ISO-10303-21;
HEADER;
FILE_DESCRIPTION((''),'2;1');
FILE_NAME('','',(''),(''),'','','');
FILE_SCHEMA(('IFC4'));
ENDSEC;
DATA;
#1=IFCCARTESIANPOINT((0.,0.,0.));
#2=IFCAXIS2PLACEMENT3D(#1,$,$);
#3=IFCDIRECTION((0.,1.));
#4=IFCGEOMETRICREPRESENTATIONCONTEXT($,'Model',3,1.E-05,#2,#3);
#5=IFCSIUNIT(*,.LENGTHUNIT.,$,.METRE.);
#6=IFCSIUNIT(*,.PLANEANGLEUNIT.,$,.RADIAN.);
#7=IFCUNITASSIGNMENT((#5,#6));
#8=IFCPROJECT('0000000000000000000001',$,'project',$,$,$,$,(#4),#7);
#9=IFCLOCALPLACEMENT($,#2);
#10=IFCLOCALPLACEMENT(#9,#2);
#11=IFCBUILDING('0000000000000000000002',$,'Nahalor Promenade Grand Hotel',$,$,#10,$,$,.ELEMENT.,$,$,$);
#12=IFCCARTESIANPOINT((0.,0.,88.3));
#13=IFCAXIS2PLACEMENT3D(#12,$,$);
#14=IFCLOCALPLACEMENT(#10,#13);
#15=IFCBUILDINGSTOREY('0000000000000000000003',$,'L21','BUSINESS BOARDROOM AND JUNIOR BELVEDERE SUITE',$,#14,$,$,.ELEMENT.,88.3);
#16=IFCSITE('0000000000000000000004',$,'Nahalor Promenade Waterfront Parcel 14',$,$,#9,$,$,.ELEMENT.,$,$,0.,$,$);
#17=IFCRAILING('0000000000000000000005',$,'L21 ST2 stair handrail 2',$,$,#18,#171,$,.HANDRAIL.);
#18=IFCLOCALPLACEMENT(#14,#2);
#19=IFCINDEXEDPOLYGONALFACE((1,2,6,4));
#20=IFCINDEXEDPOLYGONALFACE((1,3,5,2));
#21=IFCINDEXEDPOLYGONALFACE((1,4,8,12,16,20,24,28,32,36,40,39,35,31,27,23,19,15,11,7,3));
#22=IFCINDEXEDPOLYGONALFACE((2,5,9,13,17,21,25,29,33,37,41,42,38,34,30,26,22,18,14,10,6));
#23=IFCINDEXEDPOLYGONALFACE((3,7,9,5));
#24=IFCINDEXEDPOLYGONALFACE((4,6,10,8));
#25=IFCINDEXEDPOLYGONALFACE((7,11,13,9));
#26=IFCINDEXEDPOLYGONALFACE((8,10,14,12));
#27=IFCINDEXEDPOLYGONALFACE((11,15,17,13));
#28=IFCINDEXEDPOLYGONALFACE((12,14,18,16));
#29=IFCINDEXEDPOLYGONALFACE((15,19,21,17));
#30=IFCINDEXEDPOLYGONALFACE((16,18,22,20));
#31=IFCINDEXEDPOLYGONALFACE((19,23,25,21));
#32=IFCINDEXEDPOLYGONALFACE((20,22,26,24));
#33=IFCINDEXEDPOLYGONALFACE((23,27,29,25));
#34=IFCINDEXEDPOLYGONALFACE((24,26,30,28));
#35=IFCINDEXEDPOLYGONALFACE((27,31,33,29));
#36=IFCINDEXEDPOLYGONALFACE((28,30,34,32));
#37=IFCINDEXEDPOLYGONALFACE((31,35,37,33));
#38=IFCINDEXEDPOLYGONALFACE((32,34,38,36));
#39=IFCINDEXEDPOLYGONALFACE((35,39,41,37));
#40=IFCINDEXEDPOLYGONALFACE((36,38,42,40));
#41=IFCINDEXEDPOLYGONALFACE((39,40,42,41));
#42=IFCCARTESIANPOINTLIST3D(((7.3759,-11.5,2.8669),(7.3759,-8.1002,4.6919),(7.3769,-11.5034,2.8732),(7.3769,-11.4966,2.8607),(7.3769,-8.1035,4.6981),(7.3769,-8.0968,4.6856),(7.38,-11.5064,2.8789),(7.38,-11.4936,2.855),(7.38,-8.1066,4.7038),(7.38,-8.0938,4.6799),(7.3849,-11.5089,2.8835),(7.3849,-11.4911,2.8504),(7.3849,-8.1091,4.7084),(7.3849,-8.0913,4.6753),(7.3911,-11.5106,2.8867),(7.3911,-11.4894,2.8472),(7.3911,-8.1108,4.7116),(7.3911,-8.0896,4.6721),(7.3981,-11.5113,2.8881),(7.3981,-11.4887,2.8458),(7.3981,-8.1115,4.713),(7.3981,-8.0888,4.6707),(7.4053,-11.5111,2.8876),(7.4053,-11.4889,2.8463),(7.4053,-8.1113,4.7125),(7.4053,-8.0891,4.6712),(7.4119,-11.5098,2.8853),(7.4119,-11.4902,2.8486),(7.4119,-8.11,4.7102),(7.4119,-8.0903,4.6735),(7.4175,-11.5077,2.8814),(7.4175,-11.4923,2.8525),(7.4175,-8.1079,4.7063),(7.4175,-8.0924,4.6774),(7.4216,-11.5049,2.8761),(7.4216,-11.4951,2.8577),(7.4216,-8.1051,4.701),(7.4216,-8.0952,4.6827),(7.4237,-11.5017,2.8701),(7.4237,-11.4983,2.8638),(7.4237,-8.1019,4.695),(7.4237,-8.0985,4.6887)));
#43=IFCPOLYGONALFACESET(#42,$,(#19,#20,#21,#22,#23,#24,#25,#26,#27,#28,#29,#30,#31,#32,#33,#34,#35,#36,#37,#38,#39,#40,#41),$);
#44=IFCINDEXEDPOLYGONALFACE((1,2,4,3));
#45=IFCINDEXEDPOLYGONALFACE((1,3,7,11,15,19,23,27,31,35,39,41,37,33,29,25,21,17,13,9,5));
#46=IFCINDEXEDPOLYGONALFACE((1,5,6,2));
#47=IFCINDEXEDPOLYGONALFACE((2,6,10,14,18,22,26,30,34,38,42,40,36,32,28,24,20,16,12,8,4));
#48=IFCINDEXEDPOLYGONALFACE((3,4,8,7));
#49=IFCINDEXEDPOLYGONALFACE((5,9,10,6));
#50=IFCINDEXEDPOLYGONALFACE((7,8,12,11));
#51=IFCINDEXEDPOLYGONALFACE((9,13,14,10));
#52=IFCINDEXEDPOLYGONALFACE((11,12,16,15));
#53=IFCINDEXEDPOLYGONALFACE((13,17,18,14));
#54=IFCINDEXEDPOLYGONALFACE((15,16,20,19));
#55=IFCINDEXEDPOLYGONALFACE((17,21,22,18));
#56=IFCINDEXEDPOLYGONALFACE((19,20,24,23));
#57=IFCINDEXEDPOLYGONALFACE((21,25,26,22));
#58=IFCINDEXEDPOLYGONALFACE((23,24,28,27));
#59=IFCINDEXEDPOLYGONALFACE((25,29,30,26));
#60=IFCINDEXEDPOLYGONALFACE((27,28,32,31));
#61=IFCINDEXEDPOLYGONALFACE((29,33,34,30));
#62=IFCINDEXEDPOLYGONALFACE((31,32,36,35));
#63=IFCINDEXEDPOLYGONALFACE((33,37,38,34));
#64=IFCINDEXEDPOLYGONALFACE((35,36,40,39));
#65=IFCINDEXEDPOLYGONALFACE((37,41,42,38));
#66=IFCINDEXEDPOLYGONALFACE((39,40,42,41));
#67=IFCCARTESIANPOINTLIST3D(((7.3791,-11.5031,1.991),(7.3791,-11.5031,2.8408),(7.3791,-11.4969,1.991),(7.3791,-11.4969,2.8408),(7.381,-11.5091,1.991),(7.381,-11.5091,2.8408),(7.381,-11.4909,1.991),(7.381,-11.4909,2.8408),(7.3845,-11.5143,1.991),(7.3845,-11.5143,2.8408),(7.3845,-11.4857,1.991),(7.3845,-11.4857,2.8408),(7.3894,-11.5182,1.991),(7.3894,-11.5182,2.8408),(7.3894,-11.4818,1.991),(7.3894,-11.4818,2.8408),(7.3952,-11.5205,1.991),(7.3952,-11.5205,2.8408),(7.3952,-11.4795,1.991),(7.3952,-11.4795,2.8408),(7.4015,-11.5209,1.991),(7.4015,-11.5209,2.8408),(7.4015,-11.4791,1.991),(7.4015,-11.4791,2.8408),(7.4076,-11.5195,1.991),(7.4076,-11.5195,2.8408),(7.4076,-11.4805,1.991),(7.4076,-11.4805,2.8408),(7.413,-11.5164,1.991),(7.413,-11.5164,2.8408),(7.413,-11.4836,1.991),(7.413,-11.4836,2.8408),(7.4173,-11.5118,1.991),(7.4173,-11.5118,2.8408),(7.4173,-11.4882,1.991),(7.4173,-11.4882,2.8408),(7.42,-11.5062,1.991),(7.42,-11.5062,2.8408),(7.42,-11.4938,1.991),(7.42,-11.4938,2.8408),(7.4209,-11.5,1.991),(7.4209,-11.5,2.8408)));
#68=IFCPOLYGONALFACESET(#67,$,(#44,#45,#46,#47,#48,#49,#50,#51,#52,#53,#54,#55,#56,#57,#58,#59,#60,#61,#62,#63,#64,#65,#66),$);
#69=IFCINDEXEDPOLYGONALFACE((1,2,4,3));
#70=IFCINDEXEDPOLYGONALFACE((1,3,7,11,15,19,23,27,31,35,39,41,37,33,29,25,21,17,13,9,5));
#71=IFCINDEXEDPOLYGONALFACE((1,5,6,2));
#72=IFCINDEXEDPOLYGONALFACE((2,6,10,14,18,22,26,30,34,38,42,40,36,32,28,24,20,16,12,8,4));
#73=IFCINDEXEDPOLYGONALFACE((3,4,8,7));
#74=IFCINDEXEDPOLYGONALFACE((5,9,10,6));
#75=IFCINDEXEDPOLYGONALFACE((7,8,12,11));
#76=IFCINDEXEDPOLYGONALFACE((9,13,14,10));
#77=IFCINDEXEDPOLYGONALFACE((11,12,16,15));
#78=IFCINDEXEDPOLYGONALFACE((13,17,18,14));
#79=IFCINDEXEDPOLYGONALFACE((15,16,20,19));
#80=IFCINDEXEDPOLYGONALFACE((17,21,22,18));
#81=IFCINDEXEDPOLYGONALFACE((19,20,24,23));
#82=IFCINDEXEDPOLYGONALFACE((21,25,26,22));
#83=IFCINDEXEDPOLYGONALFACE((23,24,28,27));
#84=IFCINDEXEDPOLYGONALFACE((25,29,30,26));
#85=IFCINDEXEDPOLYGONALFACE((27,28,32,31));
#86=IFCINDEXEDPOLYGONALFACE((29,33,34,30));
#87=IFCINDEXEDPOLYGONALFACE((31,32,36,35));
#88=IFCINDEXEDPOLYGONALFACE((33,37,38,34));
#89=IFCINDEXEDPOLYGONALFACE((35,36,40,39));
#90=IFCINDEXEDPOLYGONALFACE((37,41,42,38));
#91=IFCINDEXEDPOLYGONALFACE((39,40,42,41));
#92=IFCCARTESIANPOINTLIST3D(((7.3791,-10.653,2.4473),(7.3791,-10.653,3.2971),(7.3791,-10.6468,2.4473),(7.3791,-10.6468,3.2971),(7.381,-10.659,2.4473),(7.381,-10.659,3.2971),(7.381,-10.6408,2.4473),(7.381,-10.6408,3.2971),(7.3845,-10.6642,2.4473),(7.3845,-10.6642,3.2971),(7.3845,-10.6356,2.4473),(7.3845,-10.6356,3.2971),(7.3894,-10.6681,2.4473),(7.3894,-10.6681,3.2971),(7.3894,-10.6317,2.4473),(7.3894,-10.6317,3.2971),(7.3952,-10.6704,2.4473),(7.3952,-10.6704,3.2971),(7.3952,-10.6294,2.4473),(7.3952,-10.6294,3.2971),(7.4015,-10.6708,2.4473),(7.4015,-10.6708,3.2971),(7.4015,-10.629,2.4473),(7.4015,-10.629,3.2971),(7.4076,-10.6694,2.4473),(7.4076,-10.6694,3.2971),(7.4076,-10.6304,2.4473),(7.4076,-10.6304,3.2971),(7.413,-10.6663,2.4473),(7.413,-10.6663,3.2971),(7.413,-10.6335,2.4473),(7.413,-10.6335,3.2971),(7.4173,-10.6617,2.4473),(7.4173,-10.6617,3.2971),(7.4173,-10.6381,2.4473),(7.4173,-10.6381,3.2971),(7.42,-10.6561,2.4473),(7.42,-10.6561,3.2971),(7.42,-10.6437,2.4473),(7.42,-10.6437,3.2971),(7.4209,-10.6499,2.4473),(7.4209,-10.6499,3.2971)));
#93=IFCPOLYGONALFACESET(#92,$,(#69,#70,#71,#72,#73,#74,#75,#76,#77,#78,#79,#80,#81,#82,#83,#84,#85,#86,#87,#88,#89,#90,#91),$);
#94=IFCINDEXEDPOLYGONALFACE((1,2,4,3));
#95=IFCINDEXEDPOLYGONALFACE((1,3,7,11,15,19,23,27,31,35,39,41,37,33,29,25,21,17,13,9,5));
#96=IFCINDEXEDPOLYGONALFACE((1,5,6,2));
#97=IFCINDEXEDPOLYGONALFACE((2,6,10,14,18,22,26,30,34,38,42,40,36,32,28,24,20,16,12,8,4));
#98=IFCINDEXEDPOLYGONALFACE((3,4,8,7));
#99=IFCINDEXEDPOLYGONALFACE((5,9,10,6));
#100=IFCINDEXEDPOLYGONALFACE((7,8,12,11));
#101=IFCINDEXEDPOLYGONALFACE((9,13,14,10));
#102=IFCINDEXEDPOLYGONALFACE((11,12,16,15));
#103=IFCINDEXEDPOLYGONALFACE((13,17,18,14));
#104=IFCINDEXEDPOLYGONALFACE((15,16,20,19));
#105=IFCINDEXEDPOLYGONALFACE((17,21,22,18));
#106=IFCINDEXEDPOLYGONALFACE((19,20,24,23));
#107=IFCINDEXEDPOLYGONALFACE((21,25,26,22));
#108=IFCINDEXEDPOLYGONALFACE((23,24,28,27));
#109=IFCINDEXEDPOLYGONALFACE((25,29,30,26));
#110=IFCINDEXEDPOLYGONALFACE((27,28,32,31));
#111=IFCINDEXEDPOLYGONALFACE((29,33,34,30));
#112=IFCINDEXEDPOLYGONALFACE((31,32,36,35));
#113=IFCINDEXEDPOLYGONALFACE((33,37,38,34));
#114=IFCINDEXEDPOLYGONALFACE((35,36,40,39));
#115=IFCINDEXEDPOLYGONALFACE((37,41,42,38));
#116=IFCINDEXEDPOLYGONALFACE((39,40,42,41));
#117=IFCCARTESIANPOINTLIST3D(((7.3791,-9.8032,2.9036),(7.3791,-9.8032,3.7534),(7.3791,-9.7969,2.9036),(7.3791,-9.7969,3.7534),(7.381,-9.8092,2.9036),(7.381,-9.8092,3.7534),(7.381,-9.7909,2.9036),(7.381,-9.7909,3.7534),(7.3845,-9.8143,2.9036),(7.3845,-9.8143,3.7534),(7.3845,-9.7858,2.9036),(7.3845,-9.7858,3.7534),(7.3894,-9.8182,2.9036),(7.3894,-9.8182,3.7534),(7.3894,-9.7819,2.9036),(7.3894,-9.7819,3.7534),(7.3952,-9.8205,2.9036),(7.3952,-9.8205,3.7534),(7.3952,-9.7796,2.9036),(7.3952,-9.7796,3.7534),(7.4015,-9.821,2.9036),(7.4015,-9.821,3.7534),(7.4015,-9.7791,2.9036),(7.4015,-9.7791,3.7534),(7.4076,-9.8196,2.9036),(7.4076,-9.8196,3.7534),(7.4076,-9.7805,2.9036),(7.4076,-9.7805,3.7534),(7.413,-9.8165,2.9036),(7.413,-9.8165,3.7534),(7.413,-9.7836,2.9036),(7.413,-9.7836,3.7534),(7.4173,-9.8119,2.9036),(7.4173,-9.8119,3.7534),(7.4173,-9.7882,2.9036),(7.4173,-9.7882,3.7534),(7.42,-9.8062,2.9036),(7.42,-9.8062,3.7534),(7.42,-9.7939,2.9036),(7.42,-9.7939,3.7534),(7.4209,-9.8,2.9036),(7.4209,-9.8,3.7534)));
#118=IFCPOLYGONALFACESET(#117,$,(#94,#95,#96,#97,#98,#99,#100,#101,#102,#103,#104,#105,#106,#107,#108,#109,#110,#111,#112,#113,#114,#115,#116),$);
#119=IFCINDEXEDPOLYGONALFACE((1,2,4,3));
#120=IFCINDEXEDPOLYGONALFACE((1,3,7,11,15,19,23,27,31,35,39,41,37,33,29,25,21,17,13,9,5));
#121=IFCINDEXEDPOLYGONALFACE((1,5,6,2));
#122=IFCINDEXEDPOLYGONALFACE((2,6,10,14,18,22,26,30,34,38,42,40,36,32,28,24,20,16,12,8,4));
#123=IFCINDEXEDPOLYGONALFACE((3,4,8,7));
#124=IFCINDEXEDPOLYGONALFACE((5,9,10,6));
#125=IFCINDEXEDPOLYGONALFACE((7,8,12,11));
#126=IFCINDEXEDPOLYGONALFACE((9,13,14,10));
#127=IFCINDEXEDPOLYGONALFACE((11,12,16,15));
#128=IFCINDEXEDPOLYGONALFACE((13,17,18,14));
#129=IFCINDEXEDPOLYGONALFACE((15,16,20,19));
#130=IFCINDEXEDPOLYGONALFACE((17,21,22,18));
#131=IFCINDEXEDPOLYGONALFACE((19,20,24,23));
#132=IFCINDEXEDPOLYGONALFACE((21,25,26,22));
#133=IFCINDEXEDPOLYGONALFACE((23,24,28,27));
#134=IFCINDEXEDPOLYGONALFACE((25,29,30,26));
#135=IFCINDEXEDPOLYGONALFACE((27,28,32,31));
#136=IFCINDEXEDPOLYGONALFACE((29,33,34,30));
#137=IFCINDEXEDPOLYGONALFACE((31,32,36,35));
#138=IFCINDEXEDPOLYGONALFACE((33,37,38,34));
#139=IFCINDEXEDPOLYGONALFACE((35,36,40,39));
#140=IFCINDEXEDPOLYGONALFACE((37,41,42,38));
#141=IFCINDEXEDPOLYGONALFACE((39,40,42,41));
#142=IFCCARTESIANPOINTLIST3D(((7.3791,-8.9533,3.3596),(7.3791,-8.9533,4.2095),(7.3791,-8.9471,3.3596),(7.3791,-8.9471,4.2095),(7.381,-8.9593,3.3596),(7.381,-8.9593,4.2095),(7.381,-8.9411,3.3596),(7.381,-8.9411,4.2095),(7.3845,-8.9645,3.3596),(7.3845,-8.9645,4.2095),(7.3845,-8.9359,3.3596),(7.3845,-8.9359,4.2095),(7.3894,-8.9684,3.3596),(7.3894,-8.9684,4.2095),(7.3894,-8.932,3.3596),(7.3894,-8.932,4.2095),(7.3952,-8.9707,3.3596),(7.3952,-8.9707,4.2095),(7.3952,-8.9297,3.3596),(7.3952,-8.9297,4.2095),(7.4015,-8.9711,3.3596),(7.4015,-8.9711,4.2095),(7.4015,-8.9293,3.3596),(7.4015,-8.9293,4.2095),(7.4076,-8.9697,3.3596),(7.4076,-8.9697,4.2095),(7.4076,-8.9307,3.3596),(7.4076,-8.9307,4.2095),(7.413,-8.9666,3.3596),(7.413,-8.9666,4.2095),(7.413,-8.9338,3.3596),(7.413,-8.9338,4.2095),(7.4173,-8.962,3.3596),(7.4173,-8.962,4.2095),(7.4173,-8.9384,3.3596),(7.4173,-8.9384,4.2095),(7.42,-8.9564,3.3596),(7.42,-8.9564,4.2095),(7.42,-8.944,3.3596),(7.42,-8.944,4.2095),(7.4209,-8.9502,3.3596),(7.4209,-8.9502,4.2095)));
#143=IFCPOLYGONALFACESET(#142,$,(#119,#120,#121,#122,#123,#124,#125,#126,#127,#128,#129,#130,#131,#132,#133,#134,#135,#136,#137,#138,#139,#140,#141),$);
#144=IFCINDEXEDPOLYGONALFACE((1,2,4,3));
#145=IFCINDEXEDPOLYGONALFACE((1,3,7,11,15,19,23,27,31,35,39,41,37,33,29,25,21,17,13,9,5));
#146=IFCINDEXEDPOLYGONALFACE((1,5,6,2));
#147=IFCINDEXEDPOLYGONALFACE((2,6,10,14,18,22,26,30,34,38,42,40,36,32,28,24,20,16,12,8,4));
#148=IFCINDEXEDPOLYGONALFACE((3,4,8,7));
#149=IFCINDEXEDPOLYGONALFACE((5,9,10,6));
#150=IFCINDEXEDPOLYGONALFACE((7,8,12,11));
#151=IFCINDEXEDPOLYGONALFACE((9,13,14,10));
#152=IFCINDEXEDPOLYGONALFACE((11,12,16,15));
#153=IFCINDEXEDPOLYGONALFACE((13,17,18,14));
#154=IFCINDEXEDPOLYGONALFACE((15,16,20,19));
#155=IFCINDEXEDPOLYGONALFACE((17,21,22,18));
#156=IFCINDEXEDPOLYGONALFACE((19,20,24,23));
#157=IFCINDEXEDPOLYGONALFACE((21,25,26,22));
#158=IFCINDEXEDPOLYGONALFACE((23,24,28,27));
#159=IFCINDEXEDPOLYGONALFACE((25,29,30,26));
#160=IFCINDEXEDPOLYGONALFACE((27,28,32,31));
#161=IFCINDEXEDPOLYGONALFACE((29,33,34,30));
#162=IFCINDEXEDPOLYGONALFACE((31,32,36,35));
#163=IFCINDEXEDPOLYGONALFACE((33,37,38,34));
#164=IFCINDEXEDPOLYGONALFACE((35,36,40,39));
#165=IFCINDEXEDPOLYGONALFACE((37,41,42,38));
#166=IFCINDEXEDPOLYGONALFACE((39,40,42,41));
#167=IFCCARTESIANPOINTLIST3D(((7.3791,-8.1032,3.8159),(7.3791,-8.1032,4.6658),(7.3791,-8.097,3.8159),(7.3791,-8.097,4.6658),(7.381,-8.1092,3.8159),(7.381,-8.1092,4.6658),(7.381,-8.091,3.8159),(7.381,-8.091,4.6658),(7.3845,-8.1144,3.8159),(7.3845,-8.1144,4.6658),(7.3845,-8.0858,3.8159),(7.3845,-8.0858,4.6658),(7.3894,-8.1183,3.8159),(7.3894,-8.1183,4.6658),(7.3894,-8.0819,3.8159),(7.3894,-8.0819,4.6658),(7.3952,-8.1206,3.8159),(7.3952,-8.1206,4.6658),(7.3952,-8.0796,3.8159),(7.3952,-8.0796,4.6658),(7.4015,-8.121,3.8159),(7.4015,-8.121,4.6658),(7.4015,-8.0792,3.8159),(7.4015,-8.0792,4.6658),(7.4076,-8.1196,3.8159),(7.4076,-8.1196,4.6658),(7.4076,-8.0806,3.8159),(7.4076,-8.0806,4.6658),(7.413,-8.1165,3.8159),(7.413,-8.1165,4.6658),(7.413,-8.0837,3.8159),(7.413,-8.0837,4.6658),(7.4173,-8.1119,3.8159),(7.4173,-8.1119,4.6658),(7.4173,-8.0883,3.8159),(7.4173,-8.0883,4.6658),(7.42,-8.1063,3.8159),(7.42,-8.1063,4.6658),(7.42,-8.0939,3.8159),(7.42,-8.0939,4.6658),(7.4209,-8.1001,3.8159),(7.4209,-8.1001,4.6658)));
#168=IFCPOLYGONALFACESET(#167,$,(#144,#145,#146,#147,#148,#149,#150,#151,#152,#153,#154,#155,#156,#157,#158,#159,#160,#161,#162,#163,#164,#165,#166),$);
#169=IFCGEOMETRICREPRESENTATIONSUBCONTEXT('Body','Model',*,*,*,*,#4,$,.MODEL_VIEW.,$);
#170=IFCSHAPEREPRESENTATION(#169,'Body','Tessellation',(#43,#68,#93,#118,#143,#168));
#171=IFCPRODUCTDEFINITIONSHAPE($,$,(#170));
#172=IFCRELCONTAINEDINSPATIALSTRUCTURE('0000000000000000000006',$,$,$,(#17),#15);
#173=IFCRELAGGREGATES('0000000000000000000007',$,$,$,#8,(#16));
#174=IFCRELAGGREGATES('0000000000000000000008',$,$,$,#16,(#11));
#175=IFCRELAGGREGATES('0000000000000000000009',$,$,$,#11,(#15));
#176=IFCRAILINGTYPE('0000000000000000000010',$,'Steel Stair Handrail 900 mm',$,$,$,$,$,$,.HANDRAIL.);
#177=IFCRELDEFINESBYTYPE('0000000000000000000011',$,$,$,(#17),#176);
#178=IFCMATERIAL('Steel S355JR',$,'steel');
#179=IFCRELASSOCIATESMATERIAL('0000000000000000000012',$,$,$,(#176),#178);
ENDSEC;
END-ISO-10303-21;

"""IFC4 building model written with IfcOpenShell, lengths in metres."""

from ifc_helpers import new_model, si_unit, direction, frame, origin, origin_2d, place, context, subcontext, project, spatial, circle, extrude, material, type_object, element, save


model = new_model("IFC4")

# Units and contexts
model_context = context("Model", 3, precision=1e-05, world=origin(), true_north=direction((0.0, 1.0)))
body_context = subcontext(model_context, "Body", "Model", "MODEL_VIEW")
ifc_project = project(units=[si_unit("LENGTHUNIT", "METRE"), si_unit("PLANEANGLEUNIT", "RADIAN")], contexts=[model_context])

# Site, building, storey
site_placement = place(None, origin())
site = spatial("IfcSite", under=ifc_project, at=site_placement, Name="Nahalor Promenade Waterfront Parcel 14", CompositionType="ELEMENT", RefElevation=0.0)
building_placement = place(site_placement, origin())
building = spatial("IfcBuilding", under=site, at=building_placement, Name="Nahalor Promenade Grand Hotel", CompositionType="ELEMENT")
storey_placement = place(building_placement, frame((0.0, 0.0, 88.3)))
storey = spatial("IfcBuildingStorey", under=building, at=storey_placement, Name="L21", Description="BUSINESS BOARDROOM AND JUNIOR BELVEDERE SUITE", CompositionType="ELEMENT", Elevation=88.3)

# Shared definitions
ifc_material_1 = material(Name="Steel S355JR", Category="steel")

# Railing
railing_type_1 = type_object("IfcRailingType", Name="Steel Stair Handrail 900 mm", PredefinedType="HANDRAIL", material=ifc_material_1)
railing_1_placement = place(storey_placement, frame((7.3999, -11.5, 1.991)))
element("IfcRailing", 1, at=railing_1_placement, inside=storey, type_object=railing_type_1, Name="L21 ST2 stair handrail 2", PredefinedType="HANDRAIL", context=body_context, shape_type="SweptSolid", body=[
    extrude(circle(Radius=0.024, at=origin_2d()), frame((0.0, 0.0, 0.876), z_axis=(0.0, 0.881094, 0.472941), x_axis=(-1.0, 0.0, 0.0)), (0.0, 0.0, 1.0), 3.8586),
    extrude(circle(Radius=0.021, at=origin_2d()), origin(), (0.0, 0.0, 1.0), 0.8499),
    extrude(circle(Radius=0.021, at=origin_2d()), frame((0.0, 0.8501, 0.4563)), (0.0, 0.0, 1.0), 0.8499),
    extrude(circle(Radius=0.021, at=origin_2d()), frame((0.0, 1.7, 0.9126)), (0.0, 0.0, 1.0), 0.8499),
    extrude(circle(Radius=0.021, at=origin_2d()), frame((0.0, 2.5498, 1.3687)), (0.0, 0.0, 1.0), 0.8499),
    extrude(circle(Radius=0.021, at=origin_2d()), frame((0.0, 3.3999, 1.825)), (0.0, 0.0, 1.0), 0.8499),
])

save(model, "model.ifc")
